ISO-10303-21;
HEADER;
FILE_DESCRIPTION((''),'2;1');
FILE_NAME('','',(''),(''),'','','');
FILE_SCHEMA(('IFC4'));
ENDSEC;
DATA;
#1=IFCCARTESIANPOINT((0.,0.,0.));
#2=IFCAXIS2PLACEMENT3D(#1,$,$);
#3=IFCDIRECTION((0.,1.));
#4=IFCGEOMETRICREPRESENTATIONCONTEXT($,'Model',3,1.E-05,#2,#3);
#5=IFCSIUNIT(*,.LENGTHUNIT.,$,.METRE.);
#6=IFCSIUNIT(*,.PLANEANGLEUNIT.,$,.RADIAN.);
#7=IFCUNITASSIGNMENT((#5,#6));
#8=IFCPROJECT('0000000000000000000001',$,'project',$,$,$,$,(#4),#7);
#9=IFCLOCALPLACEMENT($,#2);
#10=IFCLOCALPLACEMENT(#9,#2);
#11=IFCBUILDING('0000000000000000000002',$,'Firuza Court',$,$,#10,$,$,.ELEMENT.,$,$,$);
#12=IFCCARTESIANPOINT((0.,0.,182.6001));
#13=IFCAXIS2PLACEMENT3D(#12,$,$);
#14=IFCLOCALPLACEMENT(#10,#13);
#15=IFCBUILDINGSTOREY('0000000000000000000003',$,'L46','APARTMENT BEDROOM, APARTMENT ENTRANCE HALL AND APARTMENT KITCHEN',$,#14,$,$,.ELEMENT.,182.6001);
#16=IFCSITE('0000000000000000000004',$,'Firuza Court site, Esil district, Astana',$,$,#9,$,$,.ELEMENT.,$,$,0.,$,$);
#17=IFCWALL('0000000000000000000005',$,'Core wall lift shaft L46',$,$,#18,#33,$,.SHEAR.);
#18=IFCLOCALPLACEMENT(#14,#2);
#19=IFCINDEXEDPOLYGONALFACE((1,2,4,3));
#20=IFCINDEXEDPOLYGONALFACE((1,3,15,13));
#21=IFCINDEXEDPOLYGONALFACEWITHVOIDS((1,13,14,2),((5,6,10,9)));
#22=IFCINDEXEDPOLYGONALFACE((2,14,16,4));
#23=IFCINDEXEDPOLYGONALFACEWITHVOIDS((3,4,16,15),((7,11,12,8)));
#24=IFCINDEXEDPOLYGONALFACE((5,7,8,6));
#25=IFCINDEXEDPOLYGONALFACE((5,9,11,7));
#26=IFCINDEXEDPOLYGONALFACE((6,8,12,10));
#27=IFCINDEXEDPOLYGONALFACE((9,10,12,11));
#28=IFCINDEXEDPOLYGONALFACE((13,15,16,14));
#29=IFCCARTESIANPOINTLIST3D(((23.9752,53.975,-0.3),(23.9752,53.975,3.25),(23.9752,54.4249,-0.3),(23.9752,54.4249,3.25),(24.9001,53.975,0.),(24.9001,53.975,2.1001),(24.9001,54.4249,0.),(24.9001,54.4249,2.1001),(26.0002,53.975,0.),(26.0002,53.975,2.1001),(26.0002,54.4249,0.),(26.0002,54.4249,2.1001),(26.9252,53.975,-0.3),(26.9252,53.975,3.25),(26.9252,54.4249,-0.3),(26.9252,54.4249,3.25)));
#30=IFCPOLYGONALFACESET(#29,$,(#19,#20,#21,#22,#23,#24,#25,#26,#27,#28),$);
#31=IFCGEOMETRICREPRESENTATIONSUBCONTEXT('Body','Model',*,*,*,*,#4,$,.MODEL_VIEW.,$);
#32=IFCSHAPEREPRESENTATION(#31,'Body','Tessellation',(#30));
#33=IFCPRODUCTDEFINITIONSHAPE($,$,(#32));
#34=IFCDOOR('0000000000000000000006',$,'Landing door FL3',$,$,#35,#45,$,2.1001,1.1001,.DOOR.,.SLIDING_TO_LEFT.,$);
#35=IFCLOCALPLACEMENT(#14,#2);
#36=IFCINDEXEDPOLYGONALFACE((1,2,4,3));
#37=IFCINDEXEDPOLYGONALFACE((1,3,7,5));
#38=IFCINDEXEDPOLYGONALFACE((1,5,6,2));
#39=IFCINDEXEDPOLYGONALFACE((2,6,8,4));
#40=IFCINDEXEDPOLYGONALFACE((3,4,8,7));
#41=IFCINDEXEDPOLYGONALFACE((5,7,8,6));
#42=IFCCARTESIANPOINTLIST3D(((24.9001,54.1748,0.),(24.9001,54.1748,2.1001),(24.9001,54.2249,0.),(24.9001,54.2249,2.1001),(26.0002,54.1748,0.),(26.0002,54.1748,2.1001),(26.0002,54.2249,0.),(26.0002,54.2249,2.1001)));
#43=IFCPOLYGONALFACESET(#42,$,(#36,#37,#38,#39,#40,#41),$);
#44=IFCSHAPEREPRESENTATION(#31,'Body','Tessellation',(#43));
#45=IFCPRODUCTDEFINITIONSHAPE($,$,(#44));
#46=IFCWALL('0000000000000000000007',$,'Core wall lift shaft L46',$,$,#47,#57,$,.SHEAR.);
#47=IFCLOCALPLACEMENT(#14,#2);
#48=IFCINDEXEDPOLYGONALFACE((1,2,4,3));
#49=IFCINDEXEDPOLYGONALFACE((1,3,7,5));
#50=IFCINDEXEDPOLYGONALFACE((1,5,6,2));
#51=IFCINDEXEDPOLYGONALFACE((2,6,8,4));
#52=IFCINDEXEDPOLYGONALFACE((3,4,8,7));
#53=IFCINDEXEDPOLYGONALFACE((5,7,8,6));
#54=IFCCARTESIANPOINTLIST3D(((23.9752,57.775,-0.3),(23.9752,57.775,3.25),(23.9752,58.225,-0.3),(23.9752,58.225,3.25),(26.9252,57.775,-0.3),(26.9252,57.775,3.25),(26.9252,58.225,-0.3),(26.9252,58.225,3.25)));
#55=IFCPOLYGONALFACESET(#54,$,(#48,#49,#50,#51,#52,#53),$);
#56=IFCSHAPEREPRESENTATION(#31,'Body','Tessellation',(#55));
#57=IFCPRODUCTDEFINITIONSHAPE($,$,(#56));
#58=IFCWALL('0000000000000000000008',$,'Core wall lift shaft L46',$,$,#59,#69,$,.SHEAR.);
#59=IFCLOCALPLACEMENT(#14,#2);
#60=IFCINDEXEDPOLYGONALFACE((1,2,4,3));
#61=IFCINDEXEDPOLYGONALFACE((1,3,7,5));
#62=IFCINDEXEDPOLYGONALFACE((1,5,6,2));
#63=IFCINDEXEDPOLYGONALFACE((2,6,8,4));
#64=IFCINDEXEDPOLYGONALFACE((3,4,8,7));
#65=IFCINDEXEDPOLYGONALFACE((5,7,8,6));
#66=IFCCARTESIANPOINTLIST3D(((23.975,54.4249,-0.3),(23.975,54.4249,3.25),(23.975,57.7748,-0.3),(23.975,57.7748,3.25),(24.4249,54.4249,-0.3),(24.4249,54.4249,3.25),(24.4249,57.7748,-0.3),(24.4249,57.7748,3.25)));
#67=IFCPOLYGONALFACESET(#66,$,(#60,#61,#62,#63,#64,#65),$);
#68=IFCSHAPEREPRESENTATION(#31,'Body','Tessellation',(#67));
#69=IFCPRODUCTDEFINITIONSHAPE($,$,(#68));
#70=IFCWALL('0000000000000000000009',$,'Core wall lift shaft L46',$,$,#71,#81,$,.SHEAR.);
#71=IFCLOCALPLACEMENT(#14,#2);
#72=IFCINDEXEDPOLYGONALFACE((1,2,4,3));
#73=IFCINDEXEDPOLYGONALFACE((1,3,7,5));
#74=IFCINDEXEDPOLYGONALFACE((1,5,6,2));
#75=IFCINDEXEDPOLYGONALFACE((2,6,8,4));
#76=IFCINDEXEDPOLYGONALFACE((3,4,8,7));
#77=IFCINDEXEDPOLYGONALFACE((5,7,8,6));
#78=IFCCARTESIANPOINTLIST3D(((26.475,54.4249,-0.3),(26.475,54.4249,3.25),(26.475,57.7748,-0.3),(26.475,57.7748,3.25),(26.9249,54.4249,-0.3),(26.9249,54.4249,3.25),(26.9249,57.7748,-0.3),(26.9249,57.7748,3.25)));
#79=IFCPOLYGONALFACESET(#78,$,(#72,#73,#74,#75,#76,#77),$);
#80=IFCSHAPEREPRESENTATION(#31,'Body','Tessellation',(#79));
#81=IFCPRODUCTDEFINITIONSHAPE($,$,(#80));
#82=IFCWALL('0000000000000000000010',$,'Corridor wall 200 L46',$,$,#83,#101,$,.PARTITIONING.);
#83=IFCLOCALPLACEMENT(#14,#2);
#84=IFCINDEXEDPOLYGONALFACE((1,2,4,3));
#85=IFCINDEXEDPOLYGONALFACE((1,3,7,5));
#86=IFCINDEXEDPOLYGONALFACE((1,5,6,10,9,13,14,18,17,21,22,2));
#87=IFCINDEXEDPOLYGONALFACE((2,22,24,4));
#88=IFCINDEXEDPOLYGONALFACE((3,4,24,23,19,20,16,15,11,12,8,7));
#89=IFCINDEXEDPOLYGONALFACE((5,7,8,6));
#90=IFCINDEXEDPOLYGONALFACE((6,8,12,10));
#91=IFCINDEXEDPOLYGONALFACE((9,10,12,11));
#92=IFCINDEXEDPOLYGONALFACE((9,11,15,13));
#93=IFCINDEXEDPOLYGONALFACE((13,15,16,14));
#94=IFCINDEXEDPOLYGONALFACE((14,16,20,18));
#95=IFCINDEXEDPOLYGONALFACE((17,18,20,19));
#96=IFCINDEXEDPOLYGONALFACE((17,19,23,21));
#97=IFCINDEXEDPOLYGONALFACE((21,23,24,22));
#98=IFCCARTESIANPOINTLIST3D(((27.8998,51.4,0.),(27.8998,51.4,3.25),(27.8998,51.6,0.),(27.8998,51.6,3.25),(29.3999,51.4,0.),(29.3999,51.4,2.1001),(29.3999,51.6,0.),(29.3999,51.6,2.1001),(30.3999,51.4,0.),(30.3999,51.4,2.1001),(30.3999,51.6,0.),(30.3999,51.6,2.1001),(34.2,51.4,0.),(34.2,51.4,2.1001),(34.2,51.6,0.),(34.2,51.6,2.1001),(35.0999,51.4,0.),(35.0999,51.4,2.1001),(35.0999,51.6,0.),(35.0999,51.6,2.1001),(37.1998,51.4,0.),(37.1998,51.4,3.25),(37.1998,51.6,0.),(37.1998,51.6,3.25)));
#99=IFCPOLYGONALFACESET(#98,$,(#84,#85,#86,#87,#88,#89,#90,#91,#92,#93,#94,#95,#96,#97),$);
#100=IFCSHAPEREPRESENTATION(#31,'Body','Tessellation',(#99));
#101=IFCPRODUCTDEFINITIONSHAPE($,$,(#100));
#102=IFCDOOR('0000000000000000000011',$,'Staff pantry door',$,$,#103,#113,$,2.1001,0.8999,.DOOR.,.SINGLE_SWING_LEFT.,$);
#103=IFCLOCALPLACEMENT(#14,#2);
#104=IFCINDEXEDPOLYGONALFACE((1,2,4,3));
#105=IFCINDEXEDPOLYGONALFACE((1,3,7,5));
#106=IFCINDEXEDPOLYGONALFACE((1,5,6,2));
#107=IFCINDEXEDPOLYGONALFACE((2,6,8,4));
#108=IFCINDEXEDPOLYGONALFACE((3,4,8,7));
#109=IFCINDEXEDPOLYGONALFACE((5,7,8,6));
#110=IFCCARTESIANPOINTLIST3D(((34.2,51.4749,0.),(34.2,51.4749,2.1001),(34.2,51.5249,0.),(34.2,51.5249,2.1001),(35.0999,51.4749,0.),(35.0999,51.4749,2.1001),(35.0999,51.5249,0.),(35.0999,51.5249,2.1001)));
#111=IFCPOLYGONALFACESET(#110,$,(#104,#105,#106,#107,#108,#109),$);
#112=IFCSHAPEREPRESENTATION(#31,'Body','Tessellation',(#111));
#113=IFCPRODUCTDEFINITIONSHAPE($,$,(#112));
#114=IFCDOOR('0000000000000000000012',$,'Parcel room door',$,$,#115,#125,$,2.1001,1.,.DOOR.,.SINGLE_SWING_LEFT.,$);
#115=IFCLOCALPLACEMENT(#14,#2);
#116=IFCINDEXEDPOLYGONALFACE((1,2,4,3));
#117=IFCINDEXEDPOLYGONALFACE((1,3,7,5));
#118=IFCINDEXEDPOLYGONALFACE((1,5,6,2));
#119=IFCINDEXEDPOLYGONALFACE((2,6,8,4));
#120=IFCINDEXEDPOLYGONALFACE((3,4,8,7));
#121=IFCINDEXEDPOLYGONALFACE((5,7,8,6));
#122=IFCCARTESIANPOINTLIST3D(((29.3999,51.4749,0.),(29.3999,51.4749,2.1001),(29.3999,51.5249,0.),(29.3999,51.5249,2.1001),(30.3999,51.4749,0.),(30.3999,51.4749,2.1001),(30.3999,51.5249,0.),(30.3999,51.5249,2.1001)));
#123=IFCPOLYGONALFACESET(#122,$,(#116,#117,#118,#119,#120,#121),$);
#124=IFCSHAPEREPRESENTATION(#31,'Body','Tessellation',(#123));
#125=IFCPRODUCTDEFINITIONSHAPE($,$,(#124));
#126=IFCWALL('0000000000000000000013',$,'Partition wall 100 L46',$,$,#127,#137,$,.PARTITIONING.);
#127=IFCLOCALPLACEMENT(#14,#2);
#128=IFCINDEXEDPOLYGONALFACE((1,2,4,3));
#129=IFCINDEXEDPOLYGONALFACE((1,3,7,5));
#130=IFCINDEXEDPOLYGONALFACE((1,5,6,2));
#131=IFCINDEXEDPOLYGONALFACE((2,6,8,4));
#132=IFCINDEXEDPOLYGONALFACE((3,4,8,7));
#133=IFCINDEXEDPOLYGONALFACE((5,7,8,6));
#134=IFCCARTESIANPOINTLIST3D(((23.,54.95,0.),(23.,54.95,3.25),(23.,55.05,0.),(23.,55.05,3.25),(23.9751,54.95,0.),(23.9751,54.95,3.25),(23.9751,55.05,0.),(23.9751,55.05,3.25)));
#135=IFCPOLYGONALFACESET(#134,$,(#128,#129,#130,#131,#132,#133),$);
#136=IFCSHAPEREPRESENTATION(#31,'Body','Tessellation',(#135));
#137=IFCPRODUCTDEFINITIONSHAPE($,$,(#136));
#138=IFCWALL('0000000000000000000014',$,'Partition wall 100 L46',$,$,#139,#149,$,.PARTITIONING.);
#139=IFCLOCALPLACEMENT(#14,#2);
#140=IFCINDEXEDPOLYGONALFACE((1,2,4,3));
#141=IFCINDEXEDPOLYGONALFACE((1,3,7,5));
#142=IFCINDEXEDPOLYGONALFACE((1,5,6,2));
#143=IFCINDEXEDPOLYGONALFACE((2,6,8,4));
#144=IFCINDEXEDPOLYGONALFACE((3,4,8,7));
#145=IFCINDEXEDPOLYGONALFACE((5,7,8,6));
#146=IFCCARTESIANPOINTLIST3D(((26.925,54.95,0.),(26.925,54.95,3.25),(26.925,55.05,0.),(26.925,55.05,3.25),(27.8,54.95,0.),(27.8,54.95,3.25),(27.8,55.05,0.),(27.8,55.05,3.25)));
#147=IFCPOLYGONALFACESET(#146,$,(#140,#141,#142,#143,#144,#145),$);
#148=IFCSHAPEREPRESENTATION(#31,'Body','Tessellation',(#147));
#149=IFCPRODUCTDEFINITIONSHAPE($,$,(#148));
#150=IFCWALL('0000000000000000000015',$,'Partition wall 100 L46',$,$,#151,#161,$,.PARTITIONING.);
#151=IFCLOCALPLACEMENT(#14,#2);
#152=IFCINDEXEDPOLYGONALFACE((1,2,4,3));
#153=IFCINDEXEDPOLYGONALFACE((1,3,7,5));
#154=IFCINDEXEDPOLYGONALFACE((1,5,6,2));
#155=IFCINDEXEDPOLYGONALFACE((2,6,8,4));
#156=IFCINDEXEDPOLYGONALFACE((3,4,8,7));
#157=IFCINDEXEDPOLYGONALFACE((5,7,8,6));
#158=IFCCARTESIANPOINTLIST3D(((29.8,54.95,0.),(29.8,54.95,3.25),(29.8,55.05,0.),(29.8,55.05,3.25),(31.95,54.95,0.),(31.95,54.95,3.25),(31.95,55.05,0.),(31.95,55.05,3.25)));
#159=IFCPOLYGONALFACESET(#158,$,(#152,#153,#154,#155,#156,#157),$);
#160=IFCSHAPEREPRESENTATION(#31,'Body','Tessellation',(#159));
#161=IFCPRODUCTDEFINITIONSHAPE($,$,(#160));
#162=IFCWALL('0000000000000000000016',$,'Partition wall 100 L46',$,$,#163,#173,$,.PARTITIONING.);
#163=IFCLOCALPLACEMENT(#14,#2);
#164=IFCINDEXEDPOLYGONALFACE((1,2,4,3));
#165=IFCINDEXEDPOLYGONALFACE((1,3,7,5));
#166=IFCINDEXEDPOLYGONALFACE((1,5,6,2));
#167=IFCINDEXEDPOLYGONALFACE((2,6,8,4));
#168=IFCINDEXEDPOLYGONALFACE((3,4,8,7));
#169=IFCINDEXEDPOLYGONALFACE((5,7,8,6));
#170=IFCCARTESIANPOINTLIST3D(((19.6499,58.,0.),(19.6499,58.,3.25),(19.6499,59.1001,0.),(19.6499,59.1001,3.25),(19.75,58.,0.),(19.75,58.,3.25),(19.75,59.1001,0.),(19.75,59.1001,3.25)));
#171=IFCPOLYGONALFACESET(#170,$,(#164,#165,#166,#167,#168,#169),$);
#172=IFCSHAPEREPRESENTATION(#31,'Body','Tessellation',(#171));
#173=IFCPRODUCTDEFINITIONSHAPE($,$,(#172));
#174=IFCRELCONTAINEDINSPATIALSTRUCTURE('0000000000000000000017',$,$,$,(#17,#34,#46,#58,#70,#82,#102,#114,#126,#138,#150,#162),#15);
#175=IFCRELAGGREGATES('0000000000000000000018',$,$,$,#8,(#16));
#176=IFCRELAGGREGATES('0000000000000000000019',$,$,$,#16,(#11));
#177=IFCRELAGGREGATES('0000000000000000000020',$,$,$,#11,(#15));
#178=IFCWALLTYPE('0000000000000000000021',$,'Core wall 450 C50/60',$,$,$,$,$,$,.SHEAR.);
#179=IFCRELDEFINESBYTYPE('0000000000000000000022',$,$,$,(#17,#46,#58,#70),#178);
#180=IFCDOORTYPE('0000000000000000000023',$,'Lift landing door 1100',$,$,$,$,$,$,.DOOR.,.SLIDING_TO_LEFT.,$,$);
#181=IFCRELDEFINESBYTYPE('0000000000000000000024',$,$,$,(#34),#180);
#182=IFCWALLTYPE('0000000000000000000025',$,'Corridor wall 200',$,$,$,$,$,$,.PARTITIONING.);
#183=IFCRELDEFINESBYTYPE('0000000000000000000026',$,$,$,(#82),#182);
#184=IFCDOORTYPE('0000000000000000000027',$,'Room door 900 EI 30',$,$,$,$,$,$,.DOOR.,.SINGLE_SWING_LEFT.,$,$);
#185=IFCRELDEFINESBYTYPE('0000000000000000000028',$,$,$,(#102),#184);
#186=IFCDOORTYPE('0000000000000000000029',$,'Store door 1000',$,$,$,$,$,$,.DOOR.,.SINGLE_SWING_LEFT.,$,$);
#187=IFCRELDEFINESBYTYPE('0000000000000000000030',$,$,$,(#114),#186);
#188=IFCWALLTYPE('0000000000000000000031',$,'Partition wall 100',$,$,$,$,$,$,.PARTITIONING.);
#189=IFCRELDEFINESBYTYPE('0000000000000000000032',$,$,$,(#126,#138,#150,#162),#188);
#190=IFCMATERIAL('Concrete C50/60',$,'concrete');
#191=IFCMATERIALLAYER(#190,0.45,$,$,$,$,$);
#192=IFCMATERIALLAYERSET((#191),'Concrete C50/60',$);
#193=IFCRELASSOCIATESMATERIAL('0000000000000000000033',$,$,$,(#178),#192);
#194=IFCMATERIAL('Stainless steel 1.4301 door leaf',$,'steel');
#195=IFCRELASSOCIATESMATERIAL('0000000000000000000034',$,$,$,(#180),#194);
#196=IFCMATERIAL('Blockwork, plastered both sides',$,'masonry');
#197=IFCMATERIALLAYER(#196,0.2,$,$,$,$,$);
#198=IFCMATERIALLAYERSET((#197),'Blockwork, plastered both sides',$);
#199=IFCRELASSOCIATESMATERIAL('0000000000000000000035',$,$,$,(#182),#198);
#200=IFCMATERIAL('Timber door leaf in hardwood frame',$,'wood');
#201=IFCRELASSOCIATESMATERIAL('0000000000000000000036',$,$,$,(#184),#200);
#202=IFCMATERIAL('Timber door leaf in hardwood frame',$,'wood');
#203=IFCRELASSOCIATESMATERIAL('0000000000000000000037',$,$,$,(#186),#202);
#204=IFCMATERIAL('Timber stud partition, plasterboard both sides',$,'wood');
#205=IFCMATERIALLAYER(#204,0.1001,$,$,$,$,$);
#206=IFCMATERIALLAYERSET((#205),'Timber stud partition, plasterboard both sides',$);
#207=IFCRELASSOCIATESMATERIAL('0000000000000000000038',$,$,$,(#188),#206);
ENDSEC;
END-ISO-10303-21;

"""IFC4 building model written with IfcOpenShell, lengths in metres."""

from ifc_helpers import new_model, si_unit, direction, frame, frame_2d, origin, place, context, subcontext, project, spatial, rectangle, extrude, material, layer, layer_set, type_object, element, fill, save


model = new_model("IFC4")

# Units and contexts
model_context = context("Model", 3, precision=1e-05, world=origin(), true_north=direction((0.0, 1.0)))
body_context = subcontext(model_context, "Body", "Model", "MODEL_VIEW")
ifc_project = project(units=[si_unit("LENGTHUNIT", "METRE"), si_unit("PLANEANGLEUNIT", "RADIAN")], contexts=[model_context])

# Site, building, storey
site_placement = place(None, origin())
site = spatial("IfcSite", under=ifc_project, at=site_placement, Name="Firuza Court site, Esil district, Astana", CompositionType="ELEMENT", RefElevation=0.0)
building_placement = place(site_placement, origin())
building = spatial("IfcBuilding", under=site, at=building_placement, Name="Firuza Court", CompositionType="ELEMENT")
storey_placement = place(building_placement, frame((0.0, 0.0, 182.6001)))
storey = spatial("IfcBuildingStorey", under=building, at=storey_placement, Name="L46", Description="APARTMENT BEDROOM, APARTMENT ENTRANCE HALL AND APARTMENT KITCHEN", CompositionType="ELEMENT", Elevation=182.6001)

# Wall, opening, door
ifc_material_1 = material(Name="Concrete C50/60", Category="concrete")
ifc_layer_1 = layer(ifc_material_1, 0.45)
ifc_layer_set_1 = layer_set([ifc_layer_1], Name="Concrete C50/60")
wall_type_1 = type_object("IfcWallType", Name="Core wall 450 C50/60", PredefinedType="SHEAR", material=ifc_layer_set_1)
wall_1_placement = place(storey_placement, frame((23.9751, 54.2, -0.3), z_axis=(0.0, 0.0, 1.0), x_axis=(1.0, 0.0, 0.0)))
wall_1 = element("IfcWall", 1, at=wall_1_placement, inside=storey, type_object=wall_type_1, Name="Core wall lift shaft L46", PredefinedType="SHEAR", context=body_context, shape_type="SweptSolid", body=[
    extrude(rectangle(XDim=2.95, YDim=0.45, at=frame_2d((1.4751, 0.0))), origin(), (0.0, 0.0, 1.0), 3.55),
])
opening_1_placement = place(wall_1_placement, frame((0.925, 0.0, 0.3)))
opening_1 = element("IfcOpeningElement", 2, at=opening_1_placement, cuts=wall_1, PredefinedType="OPENING", context=body_context, shape_type="SweptSolid", body=[
    extrude(rectangle(XDim=1.1001, YDim=2.1001, at=frame_2d((0.55, 1.05))), frame((0.0, 0.2368, 0.0), z_axis=(0.0, -1.0, 0.0), x_axis=(1.0, 0.0, 0.0)), (0.0, 0.0, 1.0), 0.4739),
])
ifc_material_2 = material(Name="Stainless steel 1.4301 door leaf", Category="steel")
door_type_1 = type_object("IfcDoorType", Name="Lift landing door 1100", OperationType="SLIDING_TO_LEFT", PredefinedType="DOOR", material=ifc_material_2)
door_1_placement = place(opening_1_placement, origin())
door_1 = element("IfcDoor", 3, at=door_1_placement, inside=storey, type_object=door_type_1, Name="Landing door FL3", OperationType="SLIDING_TO_LEFT", OverallHeight=2.1001, OverallWidth=1.1001, PredefinedType="DOOR", context=body_context, shape_type="SweptSolid", body=[
    extrude(rectangle(XDim=1.1001, YDim=2.1001, at=frame_2d((0.55, 1.05))), frame((0.0, 0.0249, 0.0), z_axis=(0.0, -1.0, 0.0), x_axis=(1.0, 0.0, 0.0)), (0.0, 0.0, 1.0), 0.05),
])
fill(opening_1, door_1)

# Walls
wall_2_placement = place(storey_placement, frame((23.9751, 58.0, -0.3), z_axis=(0.0, 0.0, 1.0), x_axis=(1.0, 0.0, 0.0)))
element("IfcWall", 4, at=wall_2_placement, inside=storey, type_object=wall_type_1, Name="Core wall lift shaft L46", PredefinedType="SHEAR", context=body_context, shape_type="SweptSolid", body=[
    extrude(rectangle(XDim=2.95, YDim=0.45, at=frame_2d((1.4751, 0.0))), origin(), (0.0, 0.0, 1.0), 3.55),
])
for number, where, z_axis, x_axis, name in (
    (5, (24.2, 54.425, -0.3), (0.0, 0.0, 1.0), (0.0, 1.0, 0.0), "Core wall lift shaft L46"),
    (6, (26.7, 54.425, -0.3), (0.0, 0.0, 1.0), (0.0, 1.0, 0.0), "Core wall lift shaft L46"),
):
    element("IfcWall", number, at=place(storey_placement, frame(where, z_axis=z_axis, x_axis=x_axis)), inside=storey, type_object=wall_type_1, Name=name, PredefinedType="SHEAR", context=body_context, shape_type="SweptSolid", body=[
        extrude(rectangle(XDim=3.3499, YDim=0.45, at=frame_2d((1.6748, 0.0))), origin(), (0.0, 0.0, 1.0), 3.55),
    ])

# Wall, openings, doors
ifc_material_3 = material(Name="Blockwork, plastered both sides", Category="masonry")
ifc_layer_2 = layer(ifc_material_3, 0.2)
ifc_layer_set_2 = layer_set([ifc_layer_2], Name="Blockwork, plastered both sides")
wall_type_2 = type_object("IfcWallType", Name="Corridor wall 200", PredefinedType="PARTITIONING", material=ifc_layer_set_2)
wall_3_placement = place(storey_placement, frame((27.8999, 51.5, 0.0), z_axis=(0.0, 0.0, 1.0), x_axis=(1.0, 0.0, 0.0)))
wall_3 = element("IfcWall", 7, at=wall_3_placement, inside=storey, type_object=wall_type_2, Name="Corridor wall 200 L46", PredefinedType="PARTITIONING", context=body_context, shape_type="SweptSolid", body=[
    extrude(rectangle(XDim=9.3, YDim=0.2, at=frame_2d((4.6499, 0.0))), origin(), (0.0, 0.0, 1.0), 3.25),
])
opening_2_placement = place(wall_3_placement, frame((1.5, 0.0, 0.0)))
opening_2 = element("IfcOpeningElement", 8, at=opening_2_placement, cuts=wall_3, PredefinedType="OPENING", context=body_context, shape_type="SweptSolid", body=[
    extrude(rectangle(XDim=1.0, YDim=2.1001, at=frame_2d((0.5, 1.05))), frame((0.0, 0.1118, 0.0), z_axis=(0.0, -1.0, 0.0), x_axis=(1.0, 0.0, 0.0)), (0.0, 0.0, 1.0), 0.2239),
])
opening_3_placement = place(wall_3_placement, frame((6.3, 0.0, 0.0)))
opening_3 = element("IfcOpeningElement", 9, at=opening_3_placement, cuts=wall_3, PredefinedType="OPENING", context=body_context, shape_type="SweptSolid", body=[
    extrude(rectangle(XDim=0.8999, YDim=2.1001, at=frame_2d((0.45, 1.05))), frame((0.0, 0.1118, 0.0), z_axis=(0.0, -1.0, 0.0), x_axis=(1.0, 0.0, 0.0)), (0.0, 0.0, 1.0), 0.2239),
])
ifc_material_4 = material(Name="Timber door leaf in hardwood frame", Category="wood")
door_type_2 = type_object("IfcDoorType", Name="Room door 900 EI 30", OperationType="SINGLE_SWING_LEFT", PredefinedType="DOOR", material=ifc_material_4)
door_2_placement = place(opening_3_placement, origin())
door_2 = element("IfcDoor", 10, at=door_2_placement, inside=storey, type_object=door_type_2, Name="Staff pantry door", OperationType="SINGLE_SWING_LEFT", OverallHeight=2.1001, OverallWidth=0.8999, PredefinedType="DOOR", context=body_context, shape_type="SweptSolid", body=[
    extrude(rectangle(XDim=0.8999, YDim=2.1001, at=frame_2d((0.45, 1.05))), frame((0.0, 0.0249, 0.0), z_axis=(0.0, -1.0, 0.0), x_axis=(1.0, 0.0, 0.0)), (0.0, 0.0, 1.0), 0.05),
])
fill(opening_3, door_2)
ifc_material_5 = material(Name="Timber door leaf in hardwood frame", Category="wood")
door_type_3 = type_object("IfcDoorType", Name="Store door 1000", OperationType="SINGLE_SWING_LEFT", PredefinedType="DOOR", material=ifc_material_5)
door_3_placement = place(opening_2_placement, origin())
door_3 = element("IfcDoor", 11, at=door_3_placement, inside=storey, type_object=door_type_3, Name="Parcel room door", OperationType="SINGLE_SWING_LEFT", OverallHeight=2.1001, OverallWidth=1.0, PredefinedType="DOOR", context=body_context, shape_type="SweptSolid", body=[
    extrude(rectangle(XDim=1.0, YDim=2.1001, at=frame_2d((0.5, 1.05))), frame((0.0, 0.0249, 0.0), z_axis=(0.0, -1.0, 0.0), x_axis=(1.0, 0.0, 0.0)), (0.0, 0.0, 1.0), 0.05),
])
fill(opening_2, door_3)

# Walls
ifc_material_6 = material(Name="Timber stud partition, plasterboard both sides", Category="wood")
ifc_layer_3 = layer(ifc_material_6, 0.1001)
ifc_layer_set_3 = layer_set([ifc_layer_3], Name="Timber stud partition, plasterboard both sides")
wall_type_3 = type_object("IfcWallType", Name="Partition wall 100", PredefinedType="PARTITIONING", material=ifc_layer_set_3)
wall_4_placement = place(storey_placement, frame((23.0, 55.0, 0.0), z_axis=(0.0, 0.0, 1.0), x_axis=(1.0, 0.0, 0.0)))
element("IfcWall", 12, at=wall_4_placement, inside=storey, type_object=wall_type_3, Name="Partition wall 100 L46", PredefinedType="PARTITIONING", context=body_context, shape_type="SweptSolid", body=[
    extrude(rectangle(XDim=0.9751, YDim=0.1001, at=frame_2d((0.4875, 0.0))), origin(), (0.0, 0.0, 1.0), 3.25),
])
wall_5_placement = place(storey_placement, frame((26.925, 55.0, 0.0), z_axis=(0.0, 0.0, 1.0), x_axis=(1.0, 0.0, 0.0)))
element("IfcWall", 13, at=wall_5_placement, inside=storey, type_object=wall_type_3, Name="Partition wall 100 L46", PredefinedType="PARTITIONING", context=body_context, shape_type="SweptSolid", body=[
    extrude(rectangle(XDim=0.875, YDim=0.1001, at=frame_2d((0.4375, 0.0))), origin(), (0.0, 0.0, 1.0), 3.25),
])
wall_6_placement = place(storey_placement, frame((29.8, 55.0, 0.0), z_axis=(0.0, 0.0, 1.0), x_axis=(1.0, 0.0, 0.0)))
element("IfcWall", 14, at=wall_6_placement, inside=storey, type_object=wall_type_3, Name="Partition wall 100 L46", PredefinedType="PARTITIONING", context=body_context, shape_type="SweptSolid", body=[
    extrude(rectangle(XDim=2.1499, YDim=0.1001, at=frame_2d((1.075, 0.0))), origin(), (0.0, 0.0, 1.0), 3.25),
])
for number, where, z_axis, x_axis, name in (
    (15, (19.7, 58.0, 0.0), (0.0, 0.0, 1.0), (0.0, 1.0, 0.0), "Partition wall 100 L46"),
):
    element("IfcWall", number, at=place(storey_placement, frame(where, z_axis=z_axis, x_axis=x_axis)), inside=storey, type_object=wall_type_3, Name=name, PredefinedType="PARTITIONING", context=body_context, shape_type="SweptSolid", body=[
        extrude(rectangle(XDim=1.1001, YDim=0.1001, at=frame_2d((0.55, 0.0))), origin(), (0.0, 0.0, 1.0), 3.25),
    ])

save(model, "model.ifc")
